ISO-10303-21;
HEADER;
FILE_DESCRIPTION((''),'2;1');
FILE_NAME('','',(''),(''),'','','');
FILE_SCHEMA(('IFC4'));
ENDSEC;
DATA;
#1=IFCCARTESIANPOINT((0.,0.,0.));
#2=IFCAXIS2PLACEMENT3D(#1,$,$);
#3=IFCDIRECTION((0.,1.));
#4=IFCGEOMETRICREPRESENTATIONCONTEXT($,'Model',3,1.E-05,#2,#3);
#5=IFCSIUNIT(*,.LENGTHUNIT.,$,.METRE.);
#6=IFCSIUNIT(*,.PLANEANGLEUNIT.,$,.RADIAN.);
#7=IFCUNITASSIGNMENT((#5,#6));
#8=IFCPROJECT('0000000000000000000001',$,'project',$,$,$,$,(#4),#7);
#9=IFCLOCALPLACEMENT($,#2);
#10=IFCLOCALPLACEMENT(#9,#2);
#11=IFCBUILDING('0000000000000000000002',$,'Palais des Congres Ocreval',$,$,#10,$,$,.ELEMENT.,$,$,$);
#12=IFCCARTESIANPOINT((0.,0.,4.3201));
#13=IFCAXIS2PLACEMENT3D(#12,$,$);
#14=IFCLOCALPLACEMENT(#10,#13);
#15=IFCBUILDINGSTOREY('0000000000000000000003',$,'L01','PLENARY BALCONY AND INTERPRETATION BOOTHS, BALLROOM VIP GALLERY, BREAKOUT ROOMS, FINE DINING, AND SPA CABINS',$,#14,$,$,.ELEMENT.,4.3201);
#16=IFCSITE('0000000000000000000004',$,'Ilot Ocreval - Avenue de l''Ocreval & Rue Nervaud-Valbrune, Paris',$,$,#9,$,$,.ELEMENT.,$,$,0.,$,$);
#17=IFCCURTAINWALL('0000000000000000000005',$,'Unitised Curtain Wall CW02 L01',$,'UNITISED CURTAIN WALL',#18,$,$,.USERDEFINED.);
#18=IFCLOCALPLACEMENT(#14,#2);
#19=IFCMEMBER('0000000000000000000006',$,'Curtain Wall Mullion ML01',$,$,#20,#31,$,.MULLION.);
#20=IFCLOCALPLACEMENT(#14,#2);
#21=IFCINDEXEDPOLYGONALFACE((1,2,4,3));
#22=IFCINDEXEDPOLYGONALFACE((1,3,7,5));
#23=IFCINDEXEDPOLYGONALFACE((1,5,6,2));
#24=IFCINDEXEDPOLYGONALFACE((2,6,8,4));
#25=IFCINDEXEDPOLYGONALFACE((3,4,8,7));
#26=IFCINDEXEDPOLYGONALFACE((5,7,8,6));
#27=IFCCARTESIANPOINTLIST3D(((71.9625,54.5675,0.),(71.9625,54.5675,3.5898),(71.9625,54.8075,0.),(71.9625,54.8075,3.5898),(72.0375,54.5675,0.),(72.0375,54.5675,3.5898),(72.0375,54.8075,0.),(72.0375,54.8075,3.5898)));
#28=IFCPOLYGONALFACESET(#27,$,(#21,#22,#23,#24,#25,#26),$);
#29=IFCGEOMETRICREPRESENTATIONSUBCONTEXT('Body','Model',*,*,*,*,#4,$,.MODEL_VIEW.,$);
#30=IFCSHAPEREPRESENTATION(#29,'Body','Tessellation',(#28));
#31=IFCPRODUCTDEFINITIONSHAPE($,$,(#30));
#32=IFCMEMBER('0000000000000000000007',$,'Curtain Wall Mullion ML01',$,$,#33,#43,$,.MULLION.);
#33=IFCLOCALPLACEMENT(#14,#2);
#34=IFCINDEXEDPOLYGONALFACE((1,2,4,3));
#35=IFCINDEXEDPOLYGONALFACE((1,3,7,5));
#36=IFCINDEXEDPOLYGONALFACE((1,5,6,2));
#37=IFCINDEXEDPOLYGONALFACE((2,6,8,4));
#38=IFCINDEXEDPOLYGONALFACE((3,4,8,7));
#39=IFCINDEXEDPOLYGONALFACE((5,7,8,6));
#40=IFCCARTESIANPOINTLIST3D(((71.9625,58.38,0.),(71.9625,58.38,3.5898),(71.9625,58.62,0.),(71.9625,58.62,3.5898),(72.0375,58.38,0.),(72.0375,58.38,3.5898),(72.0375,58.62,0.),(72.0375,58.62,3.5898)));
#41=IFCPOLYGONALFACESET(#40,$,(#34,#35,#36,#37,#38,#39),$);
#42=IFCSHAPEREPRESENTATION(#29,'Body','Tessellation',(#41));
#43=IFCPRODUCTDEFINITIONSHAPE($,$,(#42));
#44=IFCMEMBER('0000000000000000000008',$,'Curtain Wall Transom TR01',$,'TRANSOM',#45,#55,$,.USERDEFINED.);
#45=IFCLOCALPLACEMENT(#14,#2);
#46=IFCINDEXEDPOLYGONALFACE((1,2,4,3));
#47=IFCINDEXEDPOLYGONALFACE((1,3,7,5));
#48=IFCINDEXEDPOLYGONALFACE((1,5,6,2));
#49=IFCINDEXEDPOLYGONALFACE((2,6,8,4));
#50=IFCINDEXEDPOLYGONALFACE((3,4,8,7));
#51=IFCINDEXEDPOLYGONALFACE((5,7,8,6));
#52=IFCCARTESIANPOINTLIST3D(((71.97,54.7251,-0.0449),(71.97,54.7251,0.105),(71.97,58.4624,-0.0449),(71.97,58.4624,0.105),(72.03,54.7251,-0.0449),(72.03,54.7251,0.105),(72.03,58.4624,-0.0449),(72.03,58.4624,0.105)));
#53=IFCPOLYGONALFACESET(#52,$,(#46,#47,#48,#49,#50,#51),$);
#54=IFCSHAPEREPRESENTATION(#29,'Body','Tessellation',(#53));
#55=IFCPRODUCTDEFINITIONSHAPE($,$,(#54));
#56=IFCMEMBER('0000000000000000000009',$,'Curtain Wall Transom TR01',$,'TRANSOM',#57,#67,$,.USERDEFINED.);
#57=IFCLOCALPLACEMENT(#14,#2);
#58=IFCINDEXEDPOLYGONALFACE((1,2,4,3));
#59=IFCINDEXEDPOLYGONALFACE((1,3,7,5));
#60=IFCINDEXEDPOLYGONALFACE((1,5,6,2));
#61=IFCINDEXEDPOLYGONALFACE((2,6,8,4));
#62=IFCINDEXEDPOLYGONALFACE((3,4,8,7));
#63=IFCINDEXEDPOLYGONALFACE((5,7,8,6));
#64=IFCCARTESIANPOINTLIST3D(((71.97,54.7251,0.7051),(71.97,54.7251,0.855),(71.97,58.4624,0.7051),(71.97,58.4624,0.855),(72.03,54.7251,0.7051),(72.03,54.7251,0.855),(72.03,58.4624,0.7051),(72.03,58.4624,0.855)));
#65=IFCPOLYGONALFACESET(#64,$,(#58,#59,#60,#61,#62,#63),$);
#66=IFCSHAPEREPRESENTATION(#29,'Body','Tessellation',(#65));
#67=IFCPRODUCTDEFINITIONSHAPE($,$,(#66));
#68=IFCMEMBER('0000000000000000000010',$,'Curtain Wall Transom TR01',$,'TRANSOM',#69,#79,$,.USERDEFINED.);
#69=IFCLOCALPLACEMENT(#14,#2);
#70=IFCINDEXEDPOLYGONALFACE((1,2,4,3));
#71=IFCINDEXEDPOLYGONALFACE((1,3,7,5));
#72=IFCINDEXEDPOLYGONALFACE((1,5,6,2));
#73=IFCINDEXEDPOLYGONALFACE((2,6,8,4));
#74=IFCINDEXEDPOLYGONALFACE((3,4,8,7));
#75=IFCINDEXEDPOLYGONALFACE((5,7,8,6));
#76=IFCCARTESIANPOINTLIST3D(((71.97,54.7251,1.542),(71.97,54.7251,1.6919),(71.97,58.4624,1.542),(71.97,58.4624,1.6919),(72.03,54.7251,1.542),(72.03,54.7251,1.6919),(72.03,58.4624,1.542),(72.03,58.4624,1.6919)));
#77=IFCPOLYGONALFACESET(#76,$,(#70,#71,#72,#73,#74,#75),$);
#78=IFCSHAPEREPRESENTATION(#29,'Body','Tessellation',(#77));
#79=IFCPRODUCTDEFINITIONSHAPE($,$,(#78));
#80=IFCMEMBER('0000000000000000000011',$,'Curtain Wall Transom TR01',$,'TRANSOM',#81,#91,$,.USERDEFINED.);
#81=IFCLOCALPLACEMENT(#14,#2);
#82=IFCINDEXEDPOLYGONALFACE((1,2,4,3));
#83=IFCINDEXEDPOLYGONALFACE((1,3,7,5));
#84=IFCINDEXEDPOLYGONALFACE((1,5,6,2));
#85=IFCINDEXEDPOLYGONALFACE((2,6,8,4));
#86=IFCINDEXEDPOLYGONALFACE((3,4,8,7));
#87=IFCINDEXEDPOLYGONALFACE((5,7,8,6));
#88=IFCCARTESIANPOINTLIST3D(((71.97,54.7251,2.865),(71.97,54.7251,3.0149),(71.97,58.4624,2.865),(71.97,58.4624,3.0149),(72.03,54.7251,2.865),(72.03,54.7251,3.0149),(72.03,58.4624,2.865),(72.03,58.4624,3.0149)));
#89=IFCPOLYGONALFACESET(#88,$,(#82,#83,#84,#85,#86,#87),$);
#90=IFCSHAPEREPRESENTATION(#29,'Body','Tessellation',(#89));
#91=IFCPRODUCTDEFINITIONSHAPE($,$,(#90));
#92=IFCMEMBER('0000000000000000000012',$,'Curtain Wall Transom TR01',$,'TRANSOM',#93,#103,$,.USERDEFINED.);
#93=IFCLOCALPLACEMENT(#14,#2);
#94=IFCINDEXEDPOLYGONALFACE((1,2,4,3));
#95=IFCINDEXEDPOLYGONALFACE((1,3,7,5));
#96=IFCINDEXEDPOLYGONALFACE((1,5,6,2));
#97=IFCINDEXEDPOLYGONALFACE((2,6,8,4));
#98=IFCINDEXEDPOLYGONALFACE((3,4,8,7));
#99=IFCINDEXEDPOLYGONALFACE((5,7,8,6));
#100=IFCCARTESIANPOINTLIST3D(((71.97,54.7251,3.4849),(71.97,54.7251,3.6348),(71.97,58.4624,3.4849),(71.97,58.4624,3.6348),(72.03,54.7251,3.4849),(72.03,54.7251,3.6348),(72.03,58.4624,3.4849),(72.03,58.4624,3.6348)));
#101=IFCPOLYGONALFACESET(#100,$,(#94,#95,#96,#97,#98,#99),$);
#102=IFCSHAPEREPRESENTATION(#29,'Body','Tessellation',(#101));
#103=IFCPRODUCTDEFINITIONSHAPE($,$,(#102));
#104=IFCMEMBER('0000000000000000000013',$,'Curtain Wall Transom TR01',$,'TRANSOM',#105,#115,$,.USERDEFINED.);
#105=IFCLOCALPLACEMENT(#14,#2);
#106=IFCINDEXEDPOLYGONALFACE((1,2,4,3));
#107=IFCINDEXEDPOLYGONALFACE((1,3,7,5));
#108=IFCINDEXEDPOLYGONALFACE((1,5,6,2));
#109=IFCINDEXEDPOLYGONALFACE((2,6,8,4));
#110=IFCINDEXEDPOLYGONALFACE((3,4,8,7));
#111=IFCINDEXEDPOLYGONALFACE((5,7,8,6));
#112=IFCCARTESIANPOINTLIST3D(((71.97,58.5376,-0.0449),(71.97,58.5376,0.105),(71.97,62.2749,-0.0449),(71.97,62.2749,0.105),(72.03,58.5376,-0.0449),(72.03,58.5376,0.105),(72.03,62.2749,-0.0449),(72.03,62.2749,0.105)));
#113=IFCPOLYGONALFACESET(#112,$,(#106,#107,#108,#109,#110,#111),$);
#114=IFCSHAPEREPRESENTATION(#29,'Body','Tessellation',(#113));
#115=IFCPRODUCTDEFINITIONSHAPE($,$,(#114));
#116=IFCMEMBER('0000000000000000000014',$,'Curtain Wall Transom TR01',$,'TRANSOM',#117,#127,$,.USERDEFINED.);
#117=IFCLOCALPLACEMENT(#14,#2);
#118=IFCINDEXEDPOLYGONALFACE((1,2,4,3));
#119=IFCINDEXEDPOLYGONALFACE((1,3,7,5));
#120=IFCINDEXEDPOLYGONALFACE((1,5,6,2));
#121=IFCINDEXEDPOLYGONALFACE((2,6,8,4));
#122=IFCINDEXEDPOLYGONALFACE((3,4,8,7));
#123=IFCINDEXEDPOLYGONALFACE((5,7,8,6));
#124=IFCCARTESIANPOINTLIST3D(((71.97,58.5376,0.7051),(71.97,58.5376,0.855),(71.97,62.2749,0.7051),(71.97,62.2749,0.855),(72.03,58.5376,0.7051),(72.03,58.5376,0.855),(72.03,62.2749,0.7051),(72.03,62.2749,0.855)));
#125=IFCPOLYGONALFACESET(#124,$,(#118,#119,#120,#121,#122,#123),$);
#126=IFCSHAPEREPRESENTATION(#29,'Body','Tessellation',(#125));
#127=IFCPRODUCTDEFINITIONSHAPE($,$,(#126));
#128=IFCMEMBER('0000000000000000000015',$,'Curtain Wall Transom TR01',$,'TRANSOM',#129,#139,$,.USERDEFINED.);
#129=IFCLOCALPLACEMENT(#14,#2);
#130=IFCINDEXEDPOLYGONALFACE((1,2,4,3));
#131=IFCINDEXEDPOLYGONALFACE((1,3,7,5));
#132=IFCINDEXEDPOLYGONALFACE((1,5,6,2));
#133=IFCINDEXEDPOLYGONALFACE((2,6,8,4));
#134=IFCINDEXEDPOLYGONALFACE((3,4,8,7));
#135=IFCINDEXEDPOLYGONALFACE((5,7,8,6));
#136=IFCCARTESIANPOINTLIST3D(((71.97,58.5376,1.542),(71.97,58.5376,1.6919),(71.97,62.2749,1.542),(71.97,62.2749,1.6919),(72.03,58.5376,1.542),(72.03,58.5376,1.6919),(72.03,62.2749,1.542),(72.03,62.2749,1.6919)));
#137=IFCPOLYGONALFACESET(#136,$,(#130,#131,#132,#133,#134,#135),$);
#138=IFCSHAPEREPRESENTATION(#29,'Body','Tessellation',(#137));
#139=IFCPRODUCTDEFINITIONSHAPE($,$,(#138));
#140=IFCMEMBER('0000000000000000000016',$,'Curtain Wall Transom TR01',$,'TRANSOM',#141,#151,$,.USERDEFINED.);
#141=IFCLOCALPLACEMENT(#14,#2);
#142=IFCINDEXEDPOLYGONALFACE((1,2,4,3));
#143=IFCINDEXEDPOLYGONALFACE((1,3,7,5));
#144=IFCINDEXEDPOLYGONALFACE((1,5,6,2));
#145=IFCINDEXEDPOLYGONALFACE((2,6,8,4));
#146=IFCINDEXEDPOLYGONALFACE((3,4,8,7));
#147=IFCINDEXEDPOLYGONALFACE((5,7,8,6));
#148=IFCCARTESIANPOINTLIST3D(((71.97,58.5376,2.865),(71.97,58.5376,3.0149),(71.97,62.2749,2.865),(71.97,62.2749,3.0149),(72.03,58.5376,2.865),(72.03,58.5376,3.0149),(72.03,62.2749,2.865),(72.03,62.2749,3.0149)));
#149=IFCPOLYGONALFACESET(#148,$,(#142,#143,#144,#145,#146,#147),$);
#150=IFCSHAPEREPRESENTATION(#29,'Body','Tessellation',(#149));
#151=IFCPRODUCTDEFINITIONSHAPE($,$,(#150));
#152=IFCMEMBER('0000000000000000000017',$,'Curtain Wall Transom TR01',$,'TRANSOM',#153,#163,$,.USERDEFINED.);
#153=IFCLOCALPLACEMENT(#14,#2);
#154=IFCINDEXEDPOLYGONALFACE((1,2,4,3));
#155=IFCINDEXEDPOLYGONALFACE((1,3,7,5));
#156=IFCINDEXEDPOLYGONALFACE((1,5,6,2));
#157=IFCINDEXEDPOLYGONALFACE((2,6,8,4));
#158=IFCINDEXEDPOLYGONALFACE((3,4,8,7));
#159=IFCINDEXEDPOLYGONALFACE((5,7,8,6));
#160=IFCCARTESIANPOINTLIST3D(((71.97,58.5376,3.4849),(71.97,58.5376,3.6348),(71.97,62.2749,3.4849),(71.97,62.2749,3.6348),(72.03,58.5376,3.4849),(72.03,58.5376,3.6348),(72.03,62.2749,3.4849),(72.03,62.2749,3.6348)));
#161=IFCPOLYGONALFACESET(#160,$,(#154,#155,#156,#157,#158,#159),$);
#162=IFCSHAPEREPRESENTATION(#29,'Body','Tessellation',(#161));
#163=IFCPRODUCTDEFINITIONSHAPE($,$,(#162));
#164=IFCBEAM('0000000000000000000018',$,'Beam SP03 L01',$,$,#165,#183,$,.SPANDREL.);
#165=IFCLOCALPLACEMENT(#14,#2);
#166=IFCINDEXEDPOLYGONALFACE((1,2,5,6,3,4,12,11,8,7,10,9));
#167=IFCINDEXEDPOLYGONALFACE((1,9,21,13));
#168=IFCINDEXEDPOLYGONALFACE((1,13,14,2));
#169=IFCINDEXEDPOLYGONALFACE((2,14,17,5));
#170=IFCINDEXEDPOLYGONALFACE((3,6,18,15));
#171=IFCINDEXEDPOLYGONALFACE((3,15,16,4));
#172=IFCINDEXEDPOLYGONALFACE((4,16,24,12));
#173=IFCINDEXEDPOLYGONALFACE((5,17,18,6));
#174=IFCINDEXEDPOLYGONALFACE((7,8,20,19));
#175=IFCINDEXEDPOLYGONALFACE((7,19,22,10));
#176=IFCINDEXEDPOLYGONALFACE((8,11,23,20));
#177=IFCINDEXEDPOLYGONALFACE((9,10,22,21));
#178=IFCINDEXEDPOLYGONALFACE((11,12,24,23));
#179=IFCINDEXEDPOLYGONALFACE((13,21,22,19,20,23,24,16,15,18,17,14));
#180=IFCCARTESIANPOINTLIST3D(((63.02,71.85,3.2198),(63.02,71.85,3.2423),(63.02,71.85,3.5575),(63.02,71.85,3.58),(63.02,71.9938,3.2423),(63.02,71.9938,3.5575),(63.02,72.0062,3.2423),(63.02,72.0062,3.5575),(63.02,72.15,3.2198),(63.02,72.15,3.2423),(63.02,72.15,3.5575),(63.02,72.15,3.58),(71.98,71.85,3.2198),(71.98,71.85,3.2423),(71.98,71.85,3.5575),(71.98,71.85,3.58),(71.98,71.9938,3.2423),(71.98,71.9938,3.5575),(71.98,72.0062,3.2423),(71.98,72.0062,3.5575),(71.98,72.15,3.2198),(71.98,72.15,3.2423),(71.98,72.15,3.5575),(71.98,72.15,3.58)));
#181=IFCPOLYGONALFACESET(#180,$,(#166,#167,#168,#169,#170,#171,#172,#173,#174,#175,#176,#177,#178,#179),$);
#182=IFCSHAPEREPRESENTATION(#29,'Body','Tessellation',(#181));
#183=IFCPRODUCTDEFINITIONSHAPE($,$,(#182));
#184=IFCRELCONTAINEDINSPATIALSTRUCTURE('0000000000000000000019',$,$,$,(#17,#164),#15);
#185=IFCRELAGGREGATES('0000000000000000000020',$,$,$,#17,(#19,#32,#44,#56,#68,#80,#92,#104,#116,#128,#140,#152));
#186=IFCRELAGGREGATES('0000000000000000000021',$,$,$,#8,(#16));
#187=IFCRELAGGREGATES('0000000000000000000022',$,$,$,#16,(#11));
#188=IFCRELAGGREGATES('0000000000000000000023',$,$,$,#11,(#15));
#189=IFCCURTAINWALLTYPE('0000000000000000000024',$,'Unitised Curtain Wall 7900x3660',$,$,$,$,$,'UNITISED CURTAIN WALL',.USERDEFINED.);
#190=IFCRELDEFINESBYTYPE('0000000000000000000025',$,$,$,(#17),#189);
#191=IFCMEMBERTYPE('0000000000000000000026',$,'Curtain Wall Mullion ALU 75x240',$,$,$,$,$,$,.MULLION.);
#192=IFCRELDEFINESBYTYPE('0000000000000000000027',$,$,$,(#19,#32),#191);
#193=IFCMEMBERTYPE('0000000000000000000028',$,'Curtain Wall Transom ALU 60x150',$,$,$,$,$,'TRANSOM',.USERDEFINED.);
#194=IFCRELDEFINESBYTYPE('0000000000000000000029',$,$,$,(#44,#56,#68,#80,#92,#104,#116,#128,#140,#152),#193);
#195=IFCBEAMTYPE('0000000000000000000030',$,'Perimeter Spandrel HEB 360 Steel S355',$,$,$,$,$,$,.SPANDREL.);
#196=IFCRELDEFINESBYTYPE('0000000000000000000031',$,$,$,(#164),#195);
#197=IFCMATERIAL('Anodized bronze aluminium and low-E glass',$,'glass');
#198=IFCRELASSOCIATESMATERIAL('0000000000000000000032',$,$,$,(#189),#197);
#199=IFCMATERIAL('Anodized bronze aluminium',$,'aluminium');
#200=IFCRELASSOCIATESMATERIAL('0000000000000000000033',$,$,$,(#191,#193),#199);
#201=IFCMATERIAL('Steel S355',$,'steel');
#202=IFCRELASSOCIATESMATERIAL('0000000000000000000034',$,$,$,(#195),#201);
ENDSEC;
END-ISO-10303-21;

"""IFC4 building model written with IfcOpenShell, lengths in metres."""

from ifc_helpers import new_model, si_unit, direction, frame, origin, origin_2d, place, context, subcontext, project, spatial, rectangle, i_section, extrude, material, material_profile, profile_set, type_object, element, aggregate, save


model = new_model("IFC4")

# Units and contexts
model_context = context("Model", 3, precision=1e-05, world=origin(), true_north=direction((0.0, 1.0)))
body_context = subcontext(model_context, "Body", "Model", "MODEL_VIEW")
ifc_project = project(units=[si_unit("LENGTHUNIT", "METRE"), si_unit("PLANEANGLEUNIT", "RADIAN")], contexts=[model_context])

# Site, building, storey
site_placement = place(None, origin())
site = spatial("IfcSite", under=ifc_project, at=site_placement, Name="Ilot Ocreval - Avenue de l'Ocreval & Rue Nervaud-Valbrune, Paris", CompositionType="ELEMENT", RefElevation=0.0)
building_placement = place(site_placement, origin())
building = spatial("IfcBuilding", under=site, at=building_placement, Name="Palais des Congres Ocreval", CompositionType="ELEMENT")
storey_placement = place(building_placement, frame((0.0, 0.0, 4.3201)))
storey = spatial("IfcBuildingStorey", under=building, at=storey_placement, Name="L01", Description="PLENARY BALCONY AND INTERPRETATION BOOTHS, BALLROOM VIP GALLERY, BREAKOUT ROOMS, FINE DINING, AND SPA CABINS", CompositionType="ELEMENT", Elevation=4.3201)

# Curtain wall, members
ifc_material_1 = material(Name="Anodized bronze aluminium and low-E glass", Category="glass")
curtain_wall_type = type_object("IfcCurtainWallType", Name="Unitised Curtain Wall 7900x3660", ElementType="UNITISED CURTAIN WALL", PredefinedType="USERDEFINED", material=ifc_material_1)
curtain_wall_placement = place(storey_placement, origin())
curtain_wall = element("IfcCurtainWall", 1, at=curtain_wall_placement, inside=storey, type_object=curtain_wall_type, Name="Unitised Curtain Wall CW02 L01", ObjectType="UNITISED CURTAIN WALL", PredefinedType="USERDEFINED")
ifc_material_2 = material(Name="Anodized bronze aluminium", Category="aluminium")
ifc_material_profile_1 = material_profile(ifc_material_2, rectangle(XDim=0.075, YDim=0.24, at=origin_2d()), Name="ALU 75x240")
ifc_profile_set_1 = profile_set([ifc_material_profile_1], Name="Anodized bronze aluminium")
member_type_1 = type_object("IfcMemberType", Name="Curtain Wall Mullion ALU 75x240", PredefinedType="MULLION", material=ifc_profile_set_1)
member_1_placement = place(storey_placement, frame((72.0, 54.6875, 0.0), z_axis=(0.0, 0.0, 1.0), x_axis=(-1.0, 0.0, 0.0)))
member_1 = element("IfcMember", 2, at=member_1_placement, type_object=member_type_1, Name="Curtain Wall Mullion ML01", PredefinedType="MULLION", context=body_context, shape_type="SweptSolid", body=[
    extrude(rectangle(XDim=0.075, YDim=0.24, at=origin_2d()), origin(), (0.0, 0.0, 1.0), 3.5898),
])
member_2_placement = place(storey_placement, frame((72.0, 58.5, 0.0), z_axis=(0.0, 0.0, 1.0), x_axis=(-1.0, 0.0, 0.0)))
member_2 = element("IfcMember", 3, at=member_2_placement, type_object=member_type_1, Name="Curtain Wall Mullion ML01", PredefinedType="MULLION", context=body_context, shape_type="SweptSolid", body=[
    extrude(rectangle(XDim=0.075, YDim=0.24, at=origin_2d()), origin(), (0.0, 0.0, 1.0), 3.5898),
])
ifc_material_profile_2 = material_profile(ifc_material_2, rectangle(XDim=0.0601, YDim=0.1499, at=origin_2d()), Name="ALU 60x150")
ifc_profile_set_2 = profile_set([ifc_material_profile_2], Name="Anodized bronze aluminium")
member_type_2 = type_object("IfcMemberType", Name="Curtain Wall Transom ALU 60x150", ElementType="TRANSOM", PredefinedType="USERDEFINED", material=ifc_profile_set_2)
member_3_placement = place(storey_placement, frame((72.0, 54.7251, 0.03), z_axis=(0.0, 1.0, 0.0), x_axis=(-1.0, 0.0, 0.0)))
member_3 = element("IfcMember", 4, at=member_3_placement, type_object=member_type_2, Name="Curtain Wall Transom TR01", ObjectType="TRANSOM", PredefinedType="USERDEFINED", context=body_context, shape_type="SweptSolid", body=[
    extrude(rectangle(XDim=0.0601, YDim=0.1499, at=origin_2d()), origin(), (0.0, 0.0, 1.0), 3.7373),
])
member_4_placement = place(storey_placement, frame((72.0, 54.7251, 0.78), z_axis=(0.0, 1.0, 0.0), x_axis=(-1.0, 0.0, 0.0)))
member_4 = element("IfcMember", 5, at=member_4_placement, type_object=member_type_2, Name="Curtain Wall Transom TR01", ObjectType="TRANSOM", PredefinedType="USERDEFINED", context=body_context, shape_type="SweptSolid", body=[
    extrude(rectangle(XDim=0.0601, YDim=0.1499, at=origin_2d()), origin(), (0.0, 0.0, 1.0), 3.7373),
])
member_5_placement = place(storey_placement, frame((72.0, 54.7251, 1.6169), z_axis=(0.0, 1.0, 0.0), x_axis=(-1.0, 0.0, 0.0)))
member_5 = element("IfcMember", 6, at=member_5_placement, type_object=member_type_2, Name="Curtain Wall Transom TR01", ObjectType="TRANSOM", PredefinedType="USERDEFINED", context=body_context, shape_type="SweptSolid", body=[
    extrude(rectangle(XDim=0.0601, YDim=0.1499, at=origin_2d()), origin(), (0.0, 0.0, 1.0), 3.7373),
])
member_6_placement = place(storey_placement, frame((72.0, 54.7251, 2.9399), z_axis=(0.0, 1.0, 0.0), x_axis=(-1.0, 0.0, 0.0)))
member_6 = element("IfcMember", 7, at=member_6_placement, type_object=member_type_2, Name="Curtain Wall Transom TR01", ObjectType="TRANSOM", PredefinedType="USERDEFINED", context=body_context, shape_type="SweptSolid", body=[
    extrude(rectangle(XDim=0.0601, YDim=0.1499, at=origin_2d()), origin(), (0.0, 0.0, 1.0), 3.7373),
])
member_7_placement = place(storey_placement, frame((72.0, 54.7251, 3.5598), z_axis=(0.0, 1.0, 0.0), x_axis=(-1.0, 0.0, 0.0)))
member_7 = element("IfcMember", 8, at=member_7_placement, type_object=member_type_2, Name="Curtain Wall Transom TR01", ObjectType="TRANSOM", PredefinedType="USERDEFINED", context=body_context, shape_type="SweptSolid", body=[
    extrude(rectangle(XDim=0.0601, YDim=0.1499, at=origin_2d()), origin(), (0.0, 0.0, 1.0), 3.7373),
])
member_8_placement = place(storey_placement, frame((72.0, 58.5376, 0.03), z_axis=(0.0, 1.0, 0.0), x_axis=(-1.0, 0.0, 0.0)))
member_8 = element("IfcMember", 9, at=member_8_placement, type_object=member_type_2, Name="Curtain Wall Transom TR01", ObjectType="TRANSOM", PredefinedType="USERDEFINED", context=body_context, shape_type="SweptSolid", body=[
    extrude(rectangle(XDim=0.0601, YDim=0.1499, at=origin_2d()), origin(), (0.0, 0.0, 1.0), 3.7373),
])
member_9_placement = place(storey_placement, frame((72.0, 58.5376, 0.78), z_axis=(0.0, 1.0, 0.0), x_axis=(-1.0, 0.0, 0.0)))
member_9 = element("IfcMember", 10, at=member_9_placement, type_object=member_type_2, Name="Curtain Wall Transom TR01", ObjectType="TRANSOM", PredefinedType="USERDEFINED", context=body_context, shape_type="SweptSolid", body=[
    extrude(rectangle(XDim=0.0601, YDim=0.1499, at=origin_2d()), origin(), (0.0, 0.0, 1.0), 3.7373),
])
member_10_placement = place(storey_placement, frame((72.0, 58.5376, 1.6169), z_axis=(0.0, 1.0, 0.0), x_axis=(-1.0, 0.0, 0.0)))
member_10 = element("IfcMember", 11, at=member_10_placement, type_object=member_type_2, Name="Curtain Wall Transom TR01", ObjectType="TRANSOM", PredefinedType="USERDEFINED", context=body_context, shape_type="SweptSolid", body=[
    extrude(rectangle(XDim=0.0601, YDim=0.1499, at=origin_2d()), origin(), (0.0, 0.0, 1.0), 3.7373),
])
member_11_placement = place(storey_placement, frame((72.0, 58.5376, 2.9399), z_axis=(0.0, 1.0, 0.0), x_axis=(-1.0, 0.0, 0.0)))
member_11 = element("IfcMember", 12, at=member_11_placement, type_object=member_type_2, Name="Curtain Wall Transom TR01", ObjectType="TRANSOM", PredefinedType="USERDEFINED", context=body_context, shape_type="SweptSolid", body=[
    extrude(rectangle(XDim=0.0601, YDim=0.1499, at=origin_2d()), origin(), (0.0, 0.0, 1.0), 3.7373),
])
member_12_placement = place(storey_placement, frame((72.0, 58.5376, 3.5598), z_axis=(0.0, 1.0, 0.0), x_axis=(-1.0, 0.0, 0.0)))
member_12 = element("IfcMember", 13, at=member_12_placement, type_object=member_type_2, Name="Curtain Wall Transom TR01", ObjectType="TRANSOM", PredefinedType="USERDEFINED", context=body_context, shape_type="SweptSolid", body=[
    extrude(rectangle(XDim=0.0601, YDim=0.1499, at=origin_2d()), origin(), (0.0, 0.0, 1.0), 3.7373),
])

# Beam
ifc_material_3 = material(Name="Steel S355", Category="steel")
ifc_material_profile_3 = material_profile(ifc_material_3, i_section(OverallWidth=0.3, OverallDepth=0.3601, WebThickness=0.0125, FlangeThickness=0.0225, at=origin_2d()), Name="HEB 360")
ifc_profile_set_3 = profile_set([ifc_material_profile_3], Name="Steel S355")
beam_type = type_object("IfcBeamType", Name="Perimeter Spandrel HEB 360 Steel S355", PredefinedType="SPANDREL", material=ifc_profile_set_3)
beam_placement = place(storey_placement, frame((63.02, 72.0, 3.3999), z_axis=(1.0, 0.0, 0.0), x_axis=(0.0, 1.0, 0.0)))
element("IfcBeam", 14, at=beam_placement, inside=storey, type_object=beam_type, Name="Beam SP03 L01", PredefinedType="SPANDREL", context=body_context, shape_type="SweptSolid", body=[
    extrude(i_section(OverallWidth=0.3, OverallDepth=0.3601, WebThickness=0.0125, FlangeThickness=0.0225, at=origin_2d()), origin(), (0.0, 0.0, 1.0), 8.96),
])

aggregate(curtain_wall, [member_1, member_2, member_3, member_4, member_5, member_6, member_7, member_8, member_9, member_10, member_11, member_12])

save(model, "model.ifc")
